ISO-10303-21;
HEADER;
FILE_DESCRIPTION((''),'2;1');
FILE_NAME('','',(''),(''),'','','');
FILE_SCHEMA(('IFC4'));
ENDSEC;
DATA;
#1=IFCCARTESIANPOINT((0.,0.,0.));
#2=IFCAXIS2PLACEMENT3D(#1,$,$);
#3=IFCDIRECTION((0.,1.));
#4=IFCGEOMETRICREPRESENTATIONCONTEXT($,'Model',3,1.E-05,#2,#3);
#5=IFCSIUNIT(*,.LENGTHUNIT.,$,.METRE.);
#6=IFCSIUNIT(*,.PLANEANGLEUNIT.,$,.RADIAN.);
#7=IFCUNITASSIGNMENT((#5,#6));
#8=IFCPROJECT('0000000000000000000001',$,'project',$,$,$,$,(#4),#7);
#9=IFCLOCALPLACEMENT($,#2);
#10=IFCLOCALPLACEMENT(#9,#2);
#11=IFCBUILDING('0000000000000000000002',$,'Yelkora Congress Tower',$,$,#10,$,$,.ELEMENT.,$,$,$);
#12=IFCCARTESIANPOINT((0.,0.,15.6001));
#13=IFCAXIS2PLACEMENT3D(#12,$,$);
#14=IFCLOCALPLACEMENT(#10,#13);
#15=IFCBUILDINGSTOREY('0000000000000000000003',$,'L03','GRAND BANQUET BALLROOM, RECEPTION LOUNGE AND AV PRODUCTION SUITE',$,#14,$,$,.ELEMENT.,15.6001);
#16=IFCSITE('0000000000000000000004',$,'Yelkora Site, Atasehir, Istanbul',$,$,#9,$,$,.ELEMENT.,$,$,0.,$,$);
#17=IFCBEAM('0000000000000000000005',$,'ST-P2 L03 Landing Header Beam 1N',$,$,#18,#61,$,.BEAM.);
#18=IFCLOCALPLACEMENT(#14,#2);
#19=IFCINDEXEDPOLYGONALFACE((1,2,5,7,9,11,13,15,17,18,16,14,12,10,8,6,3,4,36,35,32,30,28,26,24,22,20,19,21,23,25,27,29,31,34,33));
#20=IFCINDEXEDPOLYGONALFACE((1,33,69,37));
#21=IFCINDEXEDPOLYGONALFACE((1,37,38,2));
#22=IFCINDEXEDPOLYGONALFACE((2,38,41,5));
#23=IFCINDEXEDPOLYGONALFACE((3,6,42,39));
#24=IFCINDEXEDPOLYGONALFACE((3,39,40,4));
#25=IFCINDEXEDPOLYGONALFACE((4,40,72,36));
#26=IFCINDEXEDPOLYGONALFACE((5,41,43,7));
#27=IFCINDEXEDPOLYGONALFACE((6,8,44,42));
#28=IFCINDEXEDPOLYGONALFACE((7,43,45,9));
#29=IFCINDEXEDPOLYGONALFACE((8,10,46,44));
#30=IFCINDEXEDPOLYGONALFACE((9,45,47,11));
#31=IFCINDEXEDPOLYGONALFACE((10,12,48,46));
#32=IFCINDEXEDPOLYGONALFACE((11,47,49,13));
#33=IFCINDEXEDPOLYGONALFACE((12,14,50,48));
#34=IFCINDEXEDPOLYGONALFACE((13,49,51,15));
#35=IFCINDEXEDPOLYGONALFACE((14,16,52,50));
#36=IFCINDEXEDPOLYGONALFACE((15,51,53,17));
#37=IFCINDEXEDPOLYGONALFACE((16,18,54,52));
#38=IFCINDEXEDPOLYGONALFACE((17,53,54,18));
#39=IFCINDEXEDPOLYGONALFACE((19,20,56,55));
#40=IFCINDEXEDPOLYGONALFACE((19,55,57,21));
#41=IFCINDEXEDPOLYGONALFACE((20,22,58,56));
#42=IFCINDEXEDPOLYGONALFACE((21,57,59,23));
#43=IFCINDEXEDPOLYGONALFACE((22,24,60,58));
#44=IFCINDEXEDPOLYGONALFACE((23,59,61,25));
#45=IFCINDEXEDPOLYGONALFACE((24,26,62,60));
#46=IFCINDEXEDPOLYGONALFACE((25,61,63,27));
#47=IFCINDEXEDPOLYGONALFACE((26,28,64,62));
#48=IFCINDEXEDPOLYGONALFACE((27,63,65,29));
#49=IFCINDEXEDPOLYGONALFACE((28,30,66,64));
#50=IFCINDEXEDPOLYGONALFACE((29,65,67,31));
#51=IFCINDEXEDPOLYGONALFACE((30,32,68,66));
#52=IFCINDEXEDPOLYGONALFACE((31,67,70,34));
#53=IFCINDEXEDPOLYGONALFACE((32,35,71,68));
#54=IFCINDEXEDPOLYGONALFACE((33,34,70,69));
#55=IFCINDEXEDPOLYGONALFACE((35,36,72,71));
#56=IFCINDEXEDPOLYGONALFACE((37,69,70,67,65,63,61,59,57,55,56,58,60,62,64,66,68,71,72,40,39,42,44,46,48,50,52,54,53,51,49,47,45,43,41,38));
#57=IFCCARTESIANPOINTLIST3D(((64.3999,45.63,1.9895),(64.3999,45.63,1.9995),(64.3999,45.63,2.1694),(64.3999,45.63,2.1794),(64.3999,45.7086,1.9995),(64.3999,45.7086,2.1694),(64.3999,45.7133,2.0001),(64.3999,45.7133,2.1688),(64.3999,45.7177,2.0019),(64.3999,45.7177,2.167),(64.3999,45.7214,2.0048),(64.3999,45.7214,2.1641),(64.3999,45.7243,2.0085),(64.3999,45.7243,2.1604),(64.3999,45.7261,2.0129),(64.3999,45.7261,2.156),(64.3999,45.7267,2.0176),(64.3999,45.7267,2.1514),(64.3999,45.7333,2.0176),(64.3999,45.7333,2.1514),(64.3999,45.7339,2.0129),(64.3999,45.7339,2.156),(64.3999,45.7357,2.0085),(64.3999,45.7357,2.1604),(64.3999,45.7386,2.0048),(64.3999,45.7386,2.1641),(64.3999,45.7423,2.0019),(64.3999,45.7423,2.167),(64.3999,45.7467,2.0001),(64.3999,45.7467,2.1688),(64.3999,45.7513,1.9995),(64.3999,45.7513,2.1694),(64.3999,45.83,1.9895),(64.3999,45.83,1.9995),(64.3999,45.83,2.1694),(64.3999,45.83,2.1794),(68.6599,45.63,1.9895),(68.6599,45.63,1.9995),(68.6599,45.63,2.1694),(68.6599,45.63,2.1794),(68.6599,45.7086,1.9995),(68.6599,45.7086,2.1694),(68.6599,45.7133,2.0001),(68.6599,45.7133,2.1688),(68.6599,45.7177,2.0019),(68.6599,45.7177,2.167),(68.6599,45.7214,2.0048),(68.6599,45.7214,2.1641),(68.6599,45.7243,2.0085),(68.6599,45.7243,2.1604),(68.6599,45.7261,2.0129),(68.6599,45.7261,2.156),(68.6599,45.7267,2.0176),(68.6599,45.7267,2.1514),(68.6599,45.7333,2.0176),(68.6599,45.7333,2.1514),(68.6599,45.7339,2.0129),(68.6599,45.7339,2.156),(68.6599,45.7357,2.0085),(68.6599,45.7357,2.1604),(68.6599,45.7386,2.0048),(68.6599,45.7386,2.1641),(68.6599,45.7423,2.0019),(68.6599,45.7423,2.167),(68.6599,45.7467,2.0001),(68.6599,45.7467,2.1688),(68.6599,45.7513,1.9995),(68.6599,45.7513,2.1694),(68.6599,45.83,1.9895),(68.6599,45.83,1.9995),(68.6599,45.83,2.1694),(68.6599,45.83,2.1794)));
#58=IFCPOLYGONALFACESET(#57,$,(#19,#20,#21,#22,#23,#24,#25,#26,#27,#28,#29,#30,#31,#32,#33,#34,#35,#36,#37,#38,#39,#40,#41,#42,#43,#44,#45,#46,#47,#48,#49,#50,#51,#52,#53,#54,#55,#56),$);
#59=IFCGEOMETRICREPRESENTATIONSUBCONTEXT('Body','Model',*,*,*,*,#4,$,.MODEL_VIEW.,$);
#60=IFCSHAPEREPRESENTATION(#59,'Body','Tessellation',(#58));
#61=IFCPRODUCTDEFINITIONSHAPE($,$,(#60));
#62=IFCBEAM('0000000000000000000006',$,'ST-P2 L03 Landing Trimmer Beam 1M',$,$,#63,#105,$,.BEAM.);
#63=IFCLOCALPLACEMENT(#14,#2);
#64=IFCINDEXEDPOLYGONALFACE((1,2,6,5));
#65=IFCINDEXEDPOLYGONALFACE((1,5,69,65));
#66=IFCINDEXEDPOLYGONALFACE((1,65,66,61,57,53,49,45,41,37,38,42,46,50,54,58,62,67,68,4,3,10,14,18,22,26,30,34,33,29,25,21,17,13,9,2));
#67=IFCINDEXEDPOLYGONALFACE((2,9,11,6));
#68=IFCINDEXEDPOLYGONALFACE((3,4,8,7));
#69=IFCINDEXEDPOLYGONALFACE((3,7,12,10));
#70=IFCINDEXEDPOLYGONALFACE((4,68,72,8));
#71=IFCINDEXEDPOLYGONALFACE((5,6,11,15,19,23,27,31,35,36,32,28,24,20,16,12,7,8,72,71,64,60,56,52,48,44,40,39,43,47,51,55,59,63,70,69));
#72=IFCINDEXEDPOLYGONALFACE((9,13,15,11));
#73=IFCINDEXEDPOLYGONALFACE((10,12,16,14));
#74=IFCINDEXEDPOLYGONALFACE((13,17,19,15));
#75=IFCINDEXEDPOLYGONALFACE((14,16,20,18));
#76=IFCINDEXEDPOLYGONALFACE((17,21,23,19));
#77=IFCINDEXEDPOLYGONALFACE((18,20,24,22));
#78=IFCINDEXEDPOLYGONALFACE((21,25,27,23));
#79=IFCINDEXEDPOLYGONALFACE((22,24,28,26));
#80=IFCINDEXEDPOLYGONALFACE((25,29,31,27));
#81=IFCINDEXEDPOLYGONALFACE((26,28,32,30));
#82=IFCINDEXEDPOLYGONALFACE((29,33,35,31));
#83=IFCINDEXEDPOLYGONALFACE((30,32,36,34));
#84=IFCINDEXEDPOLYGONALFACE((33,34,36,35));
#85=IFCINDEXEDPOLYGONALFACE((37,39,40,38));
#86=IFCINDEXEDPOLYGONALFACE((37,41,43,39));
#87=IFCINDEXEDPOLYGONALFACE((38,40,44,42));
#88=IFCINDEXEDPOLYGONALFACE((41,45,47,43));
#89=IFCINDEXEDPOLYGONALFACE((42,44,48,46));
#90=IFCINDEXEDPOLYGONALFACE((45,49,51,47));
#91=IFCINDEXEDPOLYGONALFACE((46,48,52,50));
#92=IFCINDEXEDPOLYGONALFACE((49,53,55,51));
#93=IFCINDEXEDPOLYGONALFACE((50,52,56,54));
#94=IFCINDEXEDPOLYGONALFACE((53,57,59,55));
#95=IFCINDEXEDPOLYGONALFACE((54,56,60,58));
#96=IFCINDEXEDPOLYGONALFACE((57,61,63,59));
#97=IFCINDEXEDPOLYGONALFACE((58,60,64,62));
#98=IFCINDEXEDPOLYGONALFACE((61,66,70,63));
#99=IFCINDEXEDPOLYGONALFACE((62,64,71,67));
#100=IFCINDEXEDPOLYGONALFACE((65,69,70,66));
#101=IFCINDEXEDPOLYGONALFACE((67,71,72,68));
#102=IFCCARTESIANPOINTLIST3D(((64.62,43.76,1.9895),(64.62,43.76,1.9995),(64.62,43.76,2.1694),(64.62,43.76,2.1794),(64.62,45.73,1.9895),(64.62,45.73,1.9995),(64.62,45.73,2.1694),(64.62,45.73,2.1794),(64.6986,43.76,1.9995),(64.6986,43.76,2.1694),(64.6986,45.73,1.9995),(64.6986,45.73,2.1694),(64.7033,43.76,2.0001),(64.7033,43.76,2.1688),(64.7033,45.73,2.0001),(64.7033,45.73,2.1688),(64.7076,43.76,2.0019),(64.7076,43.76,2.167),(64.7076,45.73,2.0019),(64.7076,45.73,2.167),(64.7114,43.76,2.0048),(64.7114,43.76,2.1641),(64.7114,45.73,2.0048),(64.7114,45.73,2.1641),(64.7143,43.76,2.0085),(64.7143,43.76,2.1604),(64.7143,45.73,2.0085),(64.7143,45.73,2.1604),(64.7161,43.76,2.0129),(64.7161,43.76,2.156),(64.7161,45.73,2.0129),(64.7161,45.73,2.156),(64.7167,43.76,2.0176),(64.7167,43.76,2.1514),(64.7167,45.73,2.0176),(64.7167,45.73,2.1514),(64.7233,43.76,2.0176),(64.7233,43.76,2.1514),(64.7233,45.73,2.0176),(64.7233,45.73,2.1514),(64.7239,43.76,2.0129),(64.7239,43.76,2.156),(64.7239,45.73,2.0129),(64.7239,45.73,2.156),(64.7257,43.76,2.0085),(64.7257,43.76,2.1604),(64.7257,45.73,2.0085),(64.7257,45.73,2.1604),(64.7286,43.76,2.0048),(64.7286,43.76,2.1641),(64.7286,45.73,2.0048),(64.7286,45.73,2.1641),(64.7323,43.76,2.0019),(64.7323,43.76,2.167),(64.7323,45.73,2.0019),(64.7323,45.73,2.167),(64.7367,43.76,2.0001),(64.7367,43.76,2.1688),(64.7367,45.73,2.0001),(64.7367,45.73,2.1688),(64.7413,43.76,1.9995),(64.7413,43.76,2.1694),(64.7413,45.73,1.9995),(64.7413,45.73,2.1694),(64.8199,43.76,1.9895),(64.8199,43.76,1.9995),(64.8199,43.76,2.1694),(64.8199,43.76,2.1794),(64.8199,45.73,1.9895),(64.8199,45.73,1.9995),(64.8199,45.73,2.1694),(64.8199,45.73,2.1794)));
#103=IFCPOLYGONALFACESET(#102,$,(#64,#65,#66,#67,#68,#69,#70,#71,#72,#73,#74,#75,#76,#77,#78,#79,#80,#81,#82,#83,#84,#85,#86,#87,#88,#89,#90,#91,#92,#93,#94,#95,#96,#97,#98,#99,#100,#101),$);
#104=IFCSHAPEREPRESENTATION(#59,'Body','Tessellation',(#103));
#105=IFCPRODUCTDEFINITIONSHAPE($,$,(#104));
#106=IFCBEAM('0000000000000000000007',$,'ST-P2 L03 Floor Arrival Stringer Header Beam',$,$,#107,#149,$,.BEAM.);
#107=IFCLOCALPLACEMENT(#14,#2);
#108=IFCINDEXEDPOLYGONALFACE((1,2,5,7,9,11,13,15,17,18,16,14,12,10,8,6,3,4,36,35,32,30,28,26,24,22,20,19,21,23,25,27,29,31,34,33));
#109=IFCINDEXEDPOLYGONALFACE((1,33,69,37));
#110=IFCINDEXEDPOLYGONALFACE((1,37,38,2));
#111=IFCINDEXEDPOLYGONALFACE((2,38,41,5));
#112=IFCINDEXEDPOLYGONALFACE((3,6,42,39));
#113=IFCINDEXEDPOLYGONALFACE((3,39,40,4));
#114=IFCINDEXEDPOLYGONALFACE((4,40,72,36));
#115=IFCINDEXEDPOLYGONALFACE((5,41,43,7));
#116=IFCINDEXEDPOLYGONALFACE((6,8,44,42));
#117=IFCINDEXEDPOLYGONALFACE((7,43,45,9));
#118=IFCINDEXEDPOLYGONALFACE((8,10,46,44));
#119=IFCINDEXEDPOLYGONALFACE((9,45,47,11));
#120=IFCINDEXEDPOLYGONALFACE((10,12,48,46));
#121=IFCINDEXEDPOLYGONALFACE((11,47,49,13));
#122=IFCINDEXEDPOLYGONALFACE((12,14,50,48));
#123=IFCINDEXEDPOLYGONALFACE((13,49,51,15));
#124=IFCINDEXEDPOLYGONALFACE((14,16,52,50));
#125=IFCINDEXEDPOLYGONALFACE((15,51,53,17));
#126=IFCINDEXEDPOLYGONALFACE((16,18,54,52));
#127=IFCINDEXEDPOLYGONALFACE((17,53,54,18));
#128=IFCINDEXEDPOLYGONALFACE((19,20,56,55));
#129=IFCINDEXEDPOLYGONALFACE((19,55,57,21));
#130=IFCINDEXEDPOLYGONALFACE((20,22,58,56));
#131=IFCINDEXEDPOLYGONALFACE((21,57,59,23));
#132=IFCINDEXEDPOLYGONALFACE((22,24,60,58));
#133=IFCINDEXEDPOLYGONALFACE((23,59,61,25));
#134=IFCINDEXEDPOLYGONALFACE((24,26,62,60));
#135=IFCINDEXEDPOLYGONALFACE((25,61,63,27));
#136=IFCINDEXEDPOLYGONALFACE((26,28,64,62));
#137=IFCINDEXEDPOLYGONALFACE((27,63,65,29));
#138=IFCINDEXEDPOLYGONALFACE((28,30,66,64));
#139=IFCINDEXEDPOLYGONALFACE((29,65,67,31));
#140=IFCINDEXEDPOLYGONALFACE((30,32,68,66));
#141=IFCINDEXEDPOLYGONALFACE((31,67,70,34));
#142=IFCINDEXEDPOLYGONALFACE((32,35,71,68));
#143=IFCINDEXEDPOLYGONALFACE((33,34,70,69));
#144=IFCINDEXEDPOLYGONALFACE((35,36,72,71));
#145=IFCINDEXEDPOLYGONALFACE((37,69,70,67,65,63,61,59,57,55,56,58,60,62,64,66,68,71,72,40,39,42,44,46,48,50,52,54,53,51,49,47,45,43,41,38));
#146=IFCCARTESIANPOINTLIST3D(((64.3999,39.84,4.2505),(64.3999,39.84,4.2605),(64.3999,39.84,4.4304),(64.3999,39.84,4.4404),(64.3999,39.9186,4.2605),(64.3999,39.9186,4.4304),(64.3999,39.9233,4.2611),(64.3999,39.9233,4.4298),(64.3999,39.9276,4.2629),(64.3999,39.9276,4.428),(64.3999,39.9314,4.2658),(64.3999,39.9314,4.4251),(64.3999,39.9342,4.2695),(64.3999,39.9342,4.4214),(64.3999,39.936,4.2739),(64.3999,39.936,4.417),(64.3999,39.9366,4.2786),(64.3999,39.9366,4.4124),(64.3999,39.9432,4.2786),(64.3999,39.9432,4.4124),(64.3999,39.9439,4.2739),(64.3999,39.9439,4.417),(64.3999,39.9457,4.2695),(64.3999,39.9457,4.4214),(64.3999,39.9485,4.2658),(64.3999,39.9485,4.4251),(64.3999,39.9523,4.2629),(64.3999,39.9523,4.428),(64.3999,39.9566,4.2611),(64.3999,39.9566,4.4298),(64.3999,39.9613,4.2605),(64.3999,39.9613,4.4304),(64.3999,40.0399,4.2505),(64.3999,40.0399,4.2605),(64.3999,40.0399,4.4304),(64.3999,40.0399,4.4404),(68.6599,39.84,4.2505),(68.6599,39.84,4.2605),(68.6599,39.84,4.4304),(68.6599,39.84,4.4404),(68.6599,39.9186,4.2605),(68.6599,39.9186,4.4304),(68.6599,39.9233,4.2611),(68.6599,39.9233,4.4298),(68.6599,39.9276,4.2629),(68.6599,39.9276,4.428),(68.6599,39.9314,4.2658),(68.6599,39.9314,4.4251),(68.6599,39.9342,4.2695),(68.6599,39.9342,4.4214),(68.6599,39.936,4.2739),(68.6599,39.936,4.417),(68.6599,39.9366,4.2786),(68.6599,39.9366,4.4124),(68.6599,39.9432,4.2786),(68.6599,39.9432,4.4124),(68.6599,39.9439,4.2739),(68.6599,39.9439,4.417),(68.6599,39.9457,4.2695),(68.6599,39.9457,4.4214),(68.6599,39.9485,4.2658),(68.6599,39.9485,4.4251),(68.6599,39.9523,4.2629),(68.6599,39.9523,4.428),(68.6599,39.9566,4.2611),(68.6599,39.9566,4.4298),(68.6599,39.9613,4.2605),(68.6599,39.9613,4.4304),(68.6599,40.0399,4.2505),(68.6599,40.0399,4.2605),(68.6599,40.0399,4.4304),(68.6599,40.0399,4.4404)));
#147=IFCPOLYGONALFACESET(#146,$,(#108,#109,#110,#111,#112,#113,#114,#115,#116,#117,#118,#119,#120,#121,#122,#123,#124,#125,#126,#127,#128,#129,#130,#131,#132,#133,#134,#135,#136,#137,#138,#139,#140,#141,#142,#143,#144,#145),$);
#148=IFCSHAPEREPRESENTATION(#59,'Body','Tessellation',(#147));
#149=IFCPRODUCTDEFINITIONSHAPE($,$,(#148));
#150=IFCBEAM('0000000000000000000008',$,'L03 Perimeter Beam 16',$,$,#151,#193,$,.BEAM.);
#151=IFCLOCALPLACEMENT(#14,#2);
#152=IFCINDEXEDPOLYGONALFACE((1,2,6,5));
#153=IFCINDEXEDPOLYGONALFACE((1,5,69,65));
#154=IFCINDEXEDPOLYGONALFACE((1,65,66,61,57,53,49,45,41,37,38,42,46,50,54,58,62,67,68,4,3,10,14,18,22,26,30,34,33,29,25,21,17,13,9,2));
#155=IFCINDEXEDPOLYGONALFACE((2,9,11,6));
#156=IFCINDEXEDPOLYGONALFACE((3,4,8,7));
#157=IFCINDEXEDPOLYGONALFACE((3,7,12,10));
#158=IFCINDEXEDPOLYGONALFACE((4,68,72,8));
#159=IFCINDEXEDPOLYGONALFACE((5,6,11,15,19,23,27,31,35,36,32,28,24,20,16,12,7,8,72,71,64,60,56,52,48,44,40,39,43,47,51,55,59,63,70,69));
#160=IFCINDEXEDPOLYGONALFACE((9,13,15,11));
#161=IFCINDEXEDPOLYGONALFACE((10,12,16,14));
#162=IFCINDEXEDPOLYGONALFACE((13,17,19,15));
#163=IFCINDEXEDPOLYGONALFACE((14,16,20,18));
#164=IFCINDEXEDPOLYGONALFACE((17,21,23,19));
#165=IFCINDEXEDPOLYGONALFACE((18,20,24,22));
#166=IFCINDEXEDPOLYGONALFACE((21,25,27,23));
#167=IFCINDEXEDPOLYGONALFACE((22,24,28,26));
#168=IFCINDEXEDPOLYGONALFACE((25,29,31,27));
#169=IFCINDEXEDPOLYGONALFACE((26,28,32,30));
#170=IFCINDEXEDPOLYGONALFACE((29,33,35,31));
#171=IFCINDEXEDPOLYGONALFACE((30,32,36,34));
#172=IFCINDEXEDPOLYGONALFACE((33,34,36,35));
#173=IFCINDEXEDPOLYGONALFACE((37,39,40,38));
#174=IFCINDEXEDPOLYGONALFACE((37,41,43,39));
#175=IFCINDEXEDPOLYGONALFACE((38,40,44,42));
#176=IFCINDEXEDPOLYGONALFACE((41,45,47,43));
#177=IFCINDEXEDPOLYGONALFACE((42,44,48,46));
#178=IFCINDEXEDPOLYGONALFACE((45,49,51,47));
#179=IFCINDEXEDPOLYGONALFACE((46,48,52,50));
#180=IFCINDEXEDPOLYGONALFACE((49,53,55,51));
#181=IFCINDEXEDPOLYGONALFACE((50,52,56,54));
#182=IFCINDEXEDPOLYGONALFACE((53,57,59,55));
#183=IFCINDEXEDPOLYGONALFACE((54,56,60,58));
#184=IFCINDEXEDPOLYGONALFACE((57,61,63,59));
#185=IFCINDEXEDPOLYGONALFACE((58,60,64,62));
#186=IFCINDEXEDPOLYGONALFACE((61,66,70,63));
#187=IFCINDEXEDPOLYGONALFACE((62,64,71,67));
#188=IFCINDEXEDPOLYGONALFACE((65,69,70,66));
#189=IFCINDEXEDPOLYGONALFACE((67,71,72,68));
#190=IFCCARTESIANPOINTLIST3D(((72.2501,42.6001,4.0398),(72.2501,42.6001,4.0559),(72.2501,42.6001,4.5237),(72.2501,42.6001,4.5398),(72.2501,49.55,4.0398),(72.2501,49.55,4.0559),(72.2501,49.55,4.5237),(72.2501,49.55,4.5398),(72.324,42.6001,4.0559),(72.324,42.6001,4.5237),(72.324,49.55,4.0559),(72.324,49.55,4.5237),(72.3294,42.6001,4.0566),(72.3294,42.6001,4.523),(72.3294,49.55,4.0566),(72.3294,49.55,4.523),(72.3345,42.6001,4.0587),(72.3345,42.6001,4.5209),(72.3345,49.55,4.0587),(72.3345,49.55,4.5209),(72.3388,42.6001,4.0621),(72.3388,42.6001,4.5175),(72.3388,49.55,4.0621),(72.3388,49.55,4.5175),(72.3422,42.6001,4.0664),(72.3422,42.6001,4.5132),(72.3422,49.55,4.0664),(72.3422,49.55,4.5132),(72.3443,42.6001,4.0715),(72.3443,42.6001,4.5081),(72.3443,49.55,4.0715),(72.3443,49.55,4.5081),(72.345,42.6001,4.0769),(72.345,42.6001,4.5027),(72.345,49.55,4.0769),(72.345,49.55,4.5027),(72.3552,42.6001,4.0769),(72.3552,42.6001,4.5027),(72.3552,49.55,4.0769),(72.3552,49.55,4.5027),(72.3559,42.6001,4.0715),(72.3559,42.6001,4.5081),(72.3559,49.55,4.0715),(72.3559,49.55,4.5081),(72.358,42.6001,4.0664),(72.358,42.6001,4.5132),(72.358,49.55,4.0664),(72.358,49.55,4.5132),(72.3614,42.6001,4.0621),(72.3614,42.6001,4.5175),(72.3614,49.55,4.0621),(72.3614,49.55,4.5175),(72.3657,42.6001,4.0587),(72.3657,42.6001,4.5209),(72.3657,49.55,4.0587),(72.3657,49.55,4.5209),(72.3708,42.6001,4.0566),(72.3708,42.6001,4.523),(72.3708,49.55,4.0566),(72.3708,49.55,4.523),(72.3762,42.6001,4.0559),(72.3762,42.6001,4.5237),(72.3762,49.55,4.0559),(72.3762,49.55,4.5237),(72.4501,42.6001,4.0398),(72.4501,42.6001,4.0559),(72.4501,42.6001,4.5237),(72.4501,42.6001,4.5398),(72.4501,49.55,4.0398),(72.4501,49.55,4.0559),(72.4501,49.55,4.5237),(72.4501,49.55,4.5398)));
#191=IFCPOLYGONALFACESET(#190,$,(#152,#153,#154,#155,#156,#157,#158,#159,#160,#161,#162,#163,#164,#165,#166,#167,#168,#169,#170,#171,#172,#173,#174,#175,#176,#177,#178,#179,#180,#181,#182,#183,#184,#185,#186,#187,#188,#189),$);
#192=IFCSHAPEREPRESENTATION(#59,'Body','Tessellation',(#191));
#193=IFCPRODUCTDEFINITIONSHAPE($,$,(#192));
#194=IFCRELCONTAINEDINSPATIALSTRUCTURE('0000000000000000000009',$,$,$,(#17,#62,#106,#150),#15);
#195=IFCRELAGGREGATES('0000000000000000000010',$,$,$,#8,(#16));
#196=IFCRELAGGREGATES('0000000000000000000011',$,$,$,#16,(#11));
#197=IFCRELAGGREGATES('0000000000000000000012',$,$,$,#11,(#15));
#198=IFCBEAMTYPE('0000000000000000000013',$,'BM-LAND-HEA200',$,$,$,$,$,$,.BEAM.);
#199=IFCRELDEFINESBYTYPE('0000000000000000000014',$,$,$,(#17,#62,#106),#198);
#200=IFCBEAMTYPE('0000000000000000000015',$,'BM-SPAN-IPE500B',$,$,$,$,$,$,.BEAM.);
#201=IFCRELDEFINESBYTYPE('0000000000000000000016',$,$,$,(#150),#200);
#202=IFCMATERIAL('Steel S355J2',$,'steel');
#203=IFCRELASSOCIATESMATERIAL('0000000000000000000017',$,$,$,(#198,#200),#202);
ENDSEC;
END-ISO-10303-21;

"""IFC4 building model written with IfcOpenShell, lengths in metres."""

from ifc_helpers import new_model, si_unit, direction, frame, origin, origin_2d, place, context, subcontext, project, spatial, i_section, extrude, material, material_profile, profile_set, type_object, element, save


model = new_model("IFC4")

# Units and contexts
model_context = context("Model", 3, precision=1e-05, world=origin(), true_north=direction((0.0, 1.0)))
body_context = subcontext(model_context, "Body", "Model", "MODEL_VIEW")
ifc_project = project(units=[si_unit("LENGTHUNIT", "METRE"), si_unit("PLANEANGLEUNIT", "RADIAN")], contexts=[model_context])

# Site, building, storey
site_placement = place(None, origin())
site = spatial("IfcSite", under=ifc_project, at=site_placement, Name="Yelkora Site, Atasehir, Istanbul", CompositionType="ELEMENT", RefElevation=0.0)
building_placement = place(site_placement, origin())
building = spatial("IfcBuilding", under=site, at=building_placement, Name="Yelkora Congress Tower", CompositionType="ELEMENT")
storey_placement = place(building_placement, frame((0.0, 0.0, 15.6001)))
storey = spatial("IfcBuildingStorey", under=building, at=storey_placement, Name="L03", Description="GRAND BANQUET BALLROOM, RECEPTION LOUNGE AND AV PRODUCTION SUITE", CompositionType="ELEMENT", Elevation=15.6001)

# Beams
ifc_material_1 = material(Name="Steel S355J2", Category="steel")
ifc_material_profile_1 = material_profile(ifc_material_1, i_section(OverallWidth=0.2, OverallDepth=0.1899, WebThickness=0.0066, FlangeThickness=0.01, FilletRadius=0.0181, at=origin_2d()), Name="HEA 200")
ifc_profile_set_1 = profile_set([ifc_material_profile_1], Name="Steel S355J2")
beam_type_1 = type_object("IfcBeamType", Name="BM-LAND-HEA200", PredefinedType="BEAM", material=ifc_profile_set_1)
for number, where, z_axis, x_axis, name in (
    (1, (64.3999, 45.73, 2.0845), (1.0, 0.0, 0.0), (0.0, 1.0, 0.0), "ST-P2 L03 Landing Header Beam 1N"),
):
    element("IfcBeam", number, at=place(storey_placement, frame(where, z_axis=z_axis, x_axis=x_axis)), inside=storey, type_object=beam_type_1, Name=name, PredefinedType="BEAM", context=body_context, shape_type="SweptSolid", body=[
        extrude(i_section(OverallWidth=0.2, OverallDepth=0.1899, WebThickness=0.0066, FlangeThickness=0.01, FilletRadius=0.0181, at=origin_2d()), origin(), (0.0, 0.0, 1.0), 4.26),
    ])
beam_1_placement = place(storey_placement, frame((64.72, 43.76, 2.0845), z_axis=(0.0, 1.0, 0.0), x_axis=(-1.0, 0.0, 0.0)))
element("IfcBeam", 2, at=beam_1_placement, inside=storey, type_object=beam_type_1, Name="ST-P2 L03 Landing Trimmer Beam 1M", PredefinedType="BEAM", context=body_context, shape_type="SweptSolid", body=[
    extrude(i_section(OverallWidth=0.2, OverallDepth=0.1899, WebThickness=0.0066, FlangeThickness=0.01, FilletRadius=0.0181, at=origin_2d()), origin(), (0.0, 0.0, 1.0), 1.97),
])
beam_2_placement = place(storey_placement, frame((64.3999, 39.9399, 4.3455), z_axis=(1.0, 0.0, 0.0), x_axis=(0.0, 1.0, 0.0)))
element("IfcBeam", 3, at=beam_2_placement, inside=storey, type_object=beam_type_1, Name="ST-P2 L03 Floor Arrival Stringer Header Beam", PredefinedType="BEAM", context=body_context, shape_type="SweptSolid", body=[
    extrude(i_section(OverallWidth=0.2, OverallDepth=0.1899, WebThickness=0.0066, FlangeThickness=0.01, FilletRadius=0.0181, at=origin_2d()), origin(), (0.0, 0.0, 1.0), 4.26),
])
ifc_material_profile_2 = material_profile(ifc_material_1, i_section(OverallWidth=0.2, OverallDepth=0.5, WebThickness=0.0103, FlangeThickness=0.0161, FilletRadius=0.021, at=origin_2d()), Name="IPE 500")
ifc_profile_set_2 = profile_set([ifc_material_profile_2], Name="Steel S355J2")
beam_type_2 = type_object("IfcBeamType", Name="BM-SPAN-IPE500B", PredefinedType="BEAM", material=ifc_profile_set_2)
beam_3_placement = place(storey_placement, frame((72.3501, 42.6001, 4.2898), z_axis=(0.0, 1.0, 0.0), x_axis=(-1.0, 0.0, 0.0)))
element("IfcBeam", 4, at=beam_3_placement, inside=storey, type_object=beam_type_2, Name="L03 Perimeter Beam 16", PredefinedType="BEAM", context=body_context, shape_type="SweptSolid", body=[
    extrude(i_section(OverallWidth=0.2, OverallDepth=0.5, WebThickness=0.0103, FlangeThickness=0.0161, FilletRadius=0.021, at=origin_2d()), origin(), (0.0, 0.0, 1.0), 6.95),
])

save(model, "model.ifc")
